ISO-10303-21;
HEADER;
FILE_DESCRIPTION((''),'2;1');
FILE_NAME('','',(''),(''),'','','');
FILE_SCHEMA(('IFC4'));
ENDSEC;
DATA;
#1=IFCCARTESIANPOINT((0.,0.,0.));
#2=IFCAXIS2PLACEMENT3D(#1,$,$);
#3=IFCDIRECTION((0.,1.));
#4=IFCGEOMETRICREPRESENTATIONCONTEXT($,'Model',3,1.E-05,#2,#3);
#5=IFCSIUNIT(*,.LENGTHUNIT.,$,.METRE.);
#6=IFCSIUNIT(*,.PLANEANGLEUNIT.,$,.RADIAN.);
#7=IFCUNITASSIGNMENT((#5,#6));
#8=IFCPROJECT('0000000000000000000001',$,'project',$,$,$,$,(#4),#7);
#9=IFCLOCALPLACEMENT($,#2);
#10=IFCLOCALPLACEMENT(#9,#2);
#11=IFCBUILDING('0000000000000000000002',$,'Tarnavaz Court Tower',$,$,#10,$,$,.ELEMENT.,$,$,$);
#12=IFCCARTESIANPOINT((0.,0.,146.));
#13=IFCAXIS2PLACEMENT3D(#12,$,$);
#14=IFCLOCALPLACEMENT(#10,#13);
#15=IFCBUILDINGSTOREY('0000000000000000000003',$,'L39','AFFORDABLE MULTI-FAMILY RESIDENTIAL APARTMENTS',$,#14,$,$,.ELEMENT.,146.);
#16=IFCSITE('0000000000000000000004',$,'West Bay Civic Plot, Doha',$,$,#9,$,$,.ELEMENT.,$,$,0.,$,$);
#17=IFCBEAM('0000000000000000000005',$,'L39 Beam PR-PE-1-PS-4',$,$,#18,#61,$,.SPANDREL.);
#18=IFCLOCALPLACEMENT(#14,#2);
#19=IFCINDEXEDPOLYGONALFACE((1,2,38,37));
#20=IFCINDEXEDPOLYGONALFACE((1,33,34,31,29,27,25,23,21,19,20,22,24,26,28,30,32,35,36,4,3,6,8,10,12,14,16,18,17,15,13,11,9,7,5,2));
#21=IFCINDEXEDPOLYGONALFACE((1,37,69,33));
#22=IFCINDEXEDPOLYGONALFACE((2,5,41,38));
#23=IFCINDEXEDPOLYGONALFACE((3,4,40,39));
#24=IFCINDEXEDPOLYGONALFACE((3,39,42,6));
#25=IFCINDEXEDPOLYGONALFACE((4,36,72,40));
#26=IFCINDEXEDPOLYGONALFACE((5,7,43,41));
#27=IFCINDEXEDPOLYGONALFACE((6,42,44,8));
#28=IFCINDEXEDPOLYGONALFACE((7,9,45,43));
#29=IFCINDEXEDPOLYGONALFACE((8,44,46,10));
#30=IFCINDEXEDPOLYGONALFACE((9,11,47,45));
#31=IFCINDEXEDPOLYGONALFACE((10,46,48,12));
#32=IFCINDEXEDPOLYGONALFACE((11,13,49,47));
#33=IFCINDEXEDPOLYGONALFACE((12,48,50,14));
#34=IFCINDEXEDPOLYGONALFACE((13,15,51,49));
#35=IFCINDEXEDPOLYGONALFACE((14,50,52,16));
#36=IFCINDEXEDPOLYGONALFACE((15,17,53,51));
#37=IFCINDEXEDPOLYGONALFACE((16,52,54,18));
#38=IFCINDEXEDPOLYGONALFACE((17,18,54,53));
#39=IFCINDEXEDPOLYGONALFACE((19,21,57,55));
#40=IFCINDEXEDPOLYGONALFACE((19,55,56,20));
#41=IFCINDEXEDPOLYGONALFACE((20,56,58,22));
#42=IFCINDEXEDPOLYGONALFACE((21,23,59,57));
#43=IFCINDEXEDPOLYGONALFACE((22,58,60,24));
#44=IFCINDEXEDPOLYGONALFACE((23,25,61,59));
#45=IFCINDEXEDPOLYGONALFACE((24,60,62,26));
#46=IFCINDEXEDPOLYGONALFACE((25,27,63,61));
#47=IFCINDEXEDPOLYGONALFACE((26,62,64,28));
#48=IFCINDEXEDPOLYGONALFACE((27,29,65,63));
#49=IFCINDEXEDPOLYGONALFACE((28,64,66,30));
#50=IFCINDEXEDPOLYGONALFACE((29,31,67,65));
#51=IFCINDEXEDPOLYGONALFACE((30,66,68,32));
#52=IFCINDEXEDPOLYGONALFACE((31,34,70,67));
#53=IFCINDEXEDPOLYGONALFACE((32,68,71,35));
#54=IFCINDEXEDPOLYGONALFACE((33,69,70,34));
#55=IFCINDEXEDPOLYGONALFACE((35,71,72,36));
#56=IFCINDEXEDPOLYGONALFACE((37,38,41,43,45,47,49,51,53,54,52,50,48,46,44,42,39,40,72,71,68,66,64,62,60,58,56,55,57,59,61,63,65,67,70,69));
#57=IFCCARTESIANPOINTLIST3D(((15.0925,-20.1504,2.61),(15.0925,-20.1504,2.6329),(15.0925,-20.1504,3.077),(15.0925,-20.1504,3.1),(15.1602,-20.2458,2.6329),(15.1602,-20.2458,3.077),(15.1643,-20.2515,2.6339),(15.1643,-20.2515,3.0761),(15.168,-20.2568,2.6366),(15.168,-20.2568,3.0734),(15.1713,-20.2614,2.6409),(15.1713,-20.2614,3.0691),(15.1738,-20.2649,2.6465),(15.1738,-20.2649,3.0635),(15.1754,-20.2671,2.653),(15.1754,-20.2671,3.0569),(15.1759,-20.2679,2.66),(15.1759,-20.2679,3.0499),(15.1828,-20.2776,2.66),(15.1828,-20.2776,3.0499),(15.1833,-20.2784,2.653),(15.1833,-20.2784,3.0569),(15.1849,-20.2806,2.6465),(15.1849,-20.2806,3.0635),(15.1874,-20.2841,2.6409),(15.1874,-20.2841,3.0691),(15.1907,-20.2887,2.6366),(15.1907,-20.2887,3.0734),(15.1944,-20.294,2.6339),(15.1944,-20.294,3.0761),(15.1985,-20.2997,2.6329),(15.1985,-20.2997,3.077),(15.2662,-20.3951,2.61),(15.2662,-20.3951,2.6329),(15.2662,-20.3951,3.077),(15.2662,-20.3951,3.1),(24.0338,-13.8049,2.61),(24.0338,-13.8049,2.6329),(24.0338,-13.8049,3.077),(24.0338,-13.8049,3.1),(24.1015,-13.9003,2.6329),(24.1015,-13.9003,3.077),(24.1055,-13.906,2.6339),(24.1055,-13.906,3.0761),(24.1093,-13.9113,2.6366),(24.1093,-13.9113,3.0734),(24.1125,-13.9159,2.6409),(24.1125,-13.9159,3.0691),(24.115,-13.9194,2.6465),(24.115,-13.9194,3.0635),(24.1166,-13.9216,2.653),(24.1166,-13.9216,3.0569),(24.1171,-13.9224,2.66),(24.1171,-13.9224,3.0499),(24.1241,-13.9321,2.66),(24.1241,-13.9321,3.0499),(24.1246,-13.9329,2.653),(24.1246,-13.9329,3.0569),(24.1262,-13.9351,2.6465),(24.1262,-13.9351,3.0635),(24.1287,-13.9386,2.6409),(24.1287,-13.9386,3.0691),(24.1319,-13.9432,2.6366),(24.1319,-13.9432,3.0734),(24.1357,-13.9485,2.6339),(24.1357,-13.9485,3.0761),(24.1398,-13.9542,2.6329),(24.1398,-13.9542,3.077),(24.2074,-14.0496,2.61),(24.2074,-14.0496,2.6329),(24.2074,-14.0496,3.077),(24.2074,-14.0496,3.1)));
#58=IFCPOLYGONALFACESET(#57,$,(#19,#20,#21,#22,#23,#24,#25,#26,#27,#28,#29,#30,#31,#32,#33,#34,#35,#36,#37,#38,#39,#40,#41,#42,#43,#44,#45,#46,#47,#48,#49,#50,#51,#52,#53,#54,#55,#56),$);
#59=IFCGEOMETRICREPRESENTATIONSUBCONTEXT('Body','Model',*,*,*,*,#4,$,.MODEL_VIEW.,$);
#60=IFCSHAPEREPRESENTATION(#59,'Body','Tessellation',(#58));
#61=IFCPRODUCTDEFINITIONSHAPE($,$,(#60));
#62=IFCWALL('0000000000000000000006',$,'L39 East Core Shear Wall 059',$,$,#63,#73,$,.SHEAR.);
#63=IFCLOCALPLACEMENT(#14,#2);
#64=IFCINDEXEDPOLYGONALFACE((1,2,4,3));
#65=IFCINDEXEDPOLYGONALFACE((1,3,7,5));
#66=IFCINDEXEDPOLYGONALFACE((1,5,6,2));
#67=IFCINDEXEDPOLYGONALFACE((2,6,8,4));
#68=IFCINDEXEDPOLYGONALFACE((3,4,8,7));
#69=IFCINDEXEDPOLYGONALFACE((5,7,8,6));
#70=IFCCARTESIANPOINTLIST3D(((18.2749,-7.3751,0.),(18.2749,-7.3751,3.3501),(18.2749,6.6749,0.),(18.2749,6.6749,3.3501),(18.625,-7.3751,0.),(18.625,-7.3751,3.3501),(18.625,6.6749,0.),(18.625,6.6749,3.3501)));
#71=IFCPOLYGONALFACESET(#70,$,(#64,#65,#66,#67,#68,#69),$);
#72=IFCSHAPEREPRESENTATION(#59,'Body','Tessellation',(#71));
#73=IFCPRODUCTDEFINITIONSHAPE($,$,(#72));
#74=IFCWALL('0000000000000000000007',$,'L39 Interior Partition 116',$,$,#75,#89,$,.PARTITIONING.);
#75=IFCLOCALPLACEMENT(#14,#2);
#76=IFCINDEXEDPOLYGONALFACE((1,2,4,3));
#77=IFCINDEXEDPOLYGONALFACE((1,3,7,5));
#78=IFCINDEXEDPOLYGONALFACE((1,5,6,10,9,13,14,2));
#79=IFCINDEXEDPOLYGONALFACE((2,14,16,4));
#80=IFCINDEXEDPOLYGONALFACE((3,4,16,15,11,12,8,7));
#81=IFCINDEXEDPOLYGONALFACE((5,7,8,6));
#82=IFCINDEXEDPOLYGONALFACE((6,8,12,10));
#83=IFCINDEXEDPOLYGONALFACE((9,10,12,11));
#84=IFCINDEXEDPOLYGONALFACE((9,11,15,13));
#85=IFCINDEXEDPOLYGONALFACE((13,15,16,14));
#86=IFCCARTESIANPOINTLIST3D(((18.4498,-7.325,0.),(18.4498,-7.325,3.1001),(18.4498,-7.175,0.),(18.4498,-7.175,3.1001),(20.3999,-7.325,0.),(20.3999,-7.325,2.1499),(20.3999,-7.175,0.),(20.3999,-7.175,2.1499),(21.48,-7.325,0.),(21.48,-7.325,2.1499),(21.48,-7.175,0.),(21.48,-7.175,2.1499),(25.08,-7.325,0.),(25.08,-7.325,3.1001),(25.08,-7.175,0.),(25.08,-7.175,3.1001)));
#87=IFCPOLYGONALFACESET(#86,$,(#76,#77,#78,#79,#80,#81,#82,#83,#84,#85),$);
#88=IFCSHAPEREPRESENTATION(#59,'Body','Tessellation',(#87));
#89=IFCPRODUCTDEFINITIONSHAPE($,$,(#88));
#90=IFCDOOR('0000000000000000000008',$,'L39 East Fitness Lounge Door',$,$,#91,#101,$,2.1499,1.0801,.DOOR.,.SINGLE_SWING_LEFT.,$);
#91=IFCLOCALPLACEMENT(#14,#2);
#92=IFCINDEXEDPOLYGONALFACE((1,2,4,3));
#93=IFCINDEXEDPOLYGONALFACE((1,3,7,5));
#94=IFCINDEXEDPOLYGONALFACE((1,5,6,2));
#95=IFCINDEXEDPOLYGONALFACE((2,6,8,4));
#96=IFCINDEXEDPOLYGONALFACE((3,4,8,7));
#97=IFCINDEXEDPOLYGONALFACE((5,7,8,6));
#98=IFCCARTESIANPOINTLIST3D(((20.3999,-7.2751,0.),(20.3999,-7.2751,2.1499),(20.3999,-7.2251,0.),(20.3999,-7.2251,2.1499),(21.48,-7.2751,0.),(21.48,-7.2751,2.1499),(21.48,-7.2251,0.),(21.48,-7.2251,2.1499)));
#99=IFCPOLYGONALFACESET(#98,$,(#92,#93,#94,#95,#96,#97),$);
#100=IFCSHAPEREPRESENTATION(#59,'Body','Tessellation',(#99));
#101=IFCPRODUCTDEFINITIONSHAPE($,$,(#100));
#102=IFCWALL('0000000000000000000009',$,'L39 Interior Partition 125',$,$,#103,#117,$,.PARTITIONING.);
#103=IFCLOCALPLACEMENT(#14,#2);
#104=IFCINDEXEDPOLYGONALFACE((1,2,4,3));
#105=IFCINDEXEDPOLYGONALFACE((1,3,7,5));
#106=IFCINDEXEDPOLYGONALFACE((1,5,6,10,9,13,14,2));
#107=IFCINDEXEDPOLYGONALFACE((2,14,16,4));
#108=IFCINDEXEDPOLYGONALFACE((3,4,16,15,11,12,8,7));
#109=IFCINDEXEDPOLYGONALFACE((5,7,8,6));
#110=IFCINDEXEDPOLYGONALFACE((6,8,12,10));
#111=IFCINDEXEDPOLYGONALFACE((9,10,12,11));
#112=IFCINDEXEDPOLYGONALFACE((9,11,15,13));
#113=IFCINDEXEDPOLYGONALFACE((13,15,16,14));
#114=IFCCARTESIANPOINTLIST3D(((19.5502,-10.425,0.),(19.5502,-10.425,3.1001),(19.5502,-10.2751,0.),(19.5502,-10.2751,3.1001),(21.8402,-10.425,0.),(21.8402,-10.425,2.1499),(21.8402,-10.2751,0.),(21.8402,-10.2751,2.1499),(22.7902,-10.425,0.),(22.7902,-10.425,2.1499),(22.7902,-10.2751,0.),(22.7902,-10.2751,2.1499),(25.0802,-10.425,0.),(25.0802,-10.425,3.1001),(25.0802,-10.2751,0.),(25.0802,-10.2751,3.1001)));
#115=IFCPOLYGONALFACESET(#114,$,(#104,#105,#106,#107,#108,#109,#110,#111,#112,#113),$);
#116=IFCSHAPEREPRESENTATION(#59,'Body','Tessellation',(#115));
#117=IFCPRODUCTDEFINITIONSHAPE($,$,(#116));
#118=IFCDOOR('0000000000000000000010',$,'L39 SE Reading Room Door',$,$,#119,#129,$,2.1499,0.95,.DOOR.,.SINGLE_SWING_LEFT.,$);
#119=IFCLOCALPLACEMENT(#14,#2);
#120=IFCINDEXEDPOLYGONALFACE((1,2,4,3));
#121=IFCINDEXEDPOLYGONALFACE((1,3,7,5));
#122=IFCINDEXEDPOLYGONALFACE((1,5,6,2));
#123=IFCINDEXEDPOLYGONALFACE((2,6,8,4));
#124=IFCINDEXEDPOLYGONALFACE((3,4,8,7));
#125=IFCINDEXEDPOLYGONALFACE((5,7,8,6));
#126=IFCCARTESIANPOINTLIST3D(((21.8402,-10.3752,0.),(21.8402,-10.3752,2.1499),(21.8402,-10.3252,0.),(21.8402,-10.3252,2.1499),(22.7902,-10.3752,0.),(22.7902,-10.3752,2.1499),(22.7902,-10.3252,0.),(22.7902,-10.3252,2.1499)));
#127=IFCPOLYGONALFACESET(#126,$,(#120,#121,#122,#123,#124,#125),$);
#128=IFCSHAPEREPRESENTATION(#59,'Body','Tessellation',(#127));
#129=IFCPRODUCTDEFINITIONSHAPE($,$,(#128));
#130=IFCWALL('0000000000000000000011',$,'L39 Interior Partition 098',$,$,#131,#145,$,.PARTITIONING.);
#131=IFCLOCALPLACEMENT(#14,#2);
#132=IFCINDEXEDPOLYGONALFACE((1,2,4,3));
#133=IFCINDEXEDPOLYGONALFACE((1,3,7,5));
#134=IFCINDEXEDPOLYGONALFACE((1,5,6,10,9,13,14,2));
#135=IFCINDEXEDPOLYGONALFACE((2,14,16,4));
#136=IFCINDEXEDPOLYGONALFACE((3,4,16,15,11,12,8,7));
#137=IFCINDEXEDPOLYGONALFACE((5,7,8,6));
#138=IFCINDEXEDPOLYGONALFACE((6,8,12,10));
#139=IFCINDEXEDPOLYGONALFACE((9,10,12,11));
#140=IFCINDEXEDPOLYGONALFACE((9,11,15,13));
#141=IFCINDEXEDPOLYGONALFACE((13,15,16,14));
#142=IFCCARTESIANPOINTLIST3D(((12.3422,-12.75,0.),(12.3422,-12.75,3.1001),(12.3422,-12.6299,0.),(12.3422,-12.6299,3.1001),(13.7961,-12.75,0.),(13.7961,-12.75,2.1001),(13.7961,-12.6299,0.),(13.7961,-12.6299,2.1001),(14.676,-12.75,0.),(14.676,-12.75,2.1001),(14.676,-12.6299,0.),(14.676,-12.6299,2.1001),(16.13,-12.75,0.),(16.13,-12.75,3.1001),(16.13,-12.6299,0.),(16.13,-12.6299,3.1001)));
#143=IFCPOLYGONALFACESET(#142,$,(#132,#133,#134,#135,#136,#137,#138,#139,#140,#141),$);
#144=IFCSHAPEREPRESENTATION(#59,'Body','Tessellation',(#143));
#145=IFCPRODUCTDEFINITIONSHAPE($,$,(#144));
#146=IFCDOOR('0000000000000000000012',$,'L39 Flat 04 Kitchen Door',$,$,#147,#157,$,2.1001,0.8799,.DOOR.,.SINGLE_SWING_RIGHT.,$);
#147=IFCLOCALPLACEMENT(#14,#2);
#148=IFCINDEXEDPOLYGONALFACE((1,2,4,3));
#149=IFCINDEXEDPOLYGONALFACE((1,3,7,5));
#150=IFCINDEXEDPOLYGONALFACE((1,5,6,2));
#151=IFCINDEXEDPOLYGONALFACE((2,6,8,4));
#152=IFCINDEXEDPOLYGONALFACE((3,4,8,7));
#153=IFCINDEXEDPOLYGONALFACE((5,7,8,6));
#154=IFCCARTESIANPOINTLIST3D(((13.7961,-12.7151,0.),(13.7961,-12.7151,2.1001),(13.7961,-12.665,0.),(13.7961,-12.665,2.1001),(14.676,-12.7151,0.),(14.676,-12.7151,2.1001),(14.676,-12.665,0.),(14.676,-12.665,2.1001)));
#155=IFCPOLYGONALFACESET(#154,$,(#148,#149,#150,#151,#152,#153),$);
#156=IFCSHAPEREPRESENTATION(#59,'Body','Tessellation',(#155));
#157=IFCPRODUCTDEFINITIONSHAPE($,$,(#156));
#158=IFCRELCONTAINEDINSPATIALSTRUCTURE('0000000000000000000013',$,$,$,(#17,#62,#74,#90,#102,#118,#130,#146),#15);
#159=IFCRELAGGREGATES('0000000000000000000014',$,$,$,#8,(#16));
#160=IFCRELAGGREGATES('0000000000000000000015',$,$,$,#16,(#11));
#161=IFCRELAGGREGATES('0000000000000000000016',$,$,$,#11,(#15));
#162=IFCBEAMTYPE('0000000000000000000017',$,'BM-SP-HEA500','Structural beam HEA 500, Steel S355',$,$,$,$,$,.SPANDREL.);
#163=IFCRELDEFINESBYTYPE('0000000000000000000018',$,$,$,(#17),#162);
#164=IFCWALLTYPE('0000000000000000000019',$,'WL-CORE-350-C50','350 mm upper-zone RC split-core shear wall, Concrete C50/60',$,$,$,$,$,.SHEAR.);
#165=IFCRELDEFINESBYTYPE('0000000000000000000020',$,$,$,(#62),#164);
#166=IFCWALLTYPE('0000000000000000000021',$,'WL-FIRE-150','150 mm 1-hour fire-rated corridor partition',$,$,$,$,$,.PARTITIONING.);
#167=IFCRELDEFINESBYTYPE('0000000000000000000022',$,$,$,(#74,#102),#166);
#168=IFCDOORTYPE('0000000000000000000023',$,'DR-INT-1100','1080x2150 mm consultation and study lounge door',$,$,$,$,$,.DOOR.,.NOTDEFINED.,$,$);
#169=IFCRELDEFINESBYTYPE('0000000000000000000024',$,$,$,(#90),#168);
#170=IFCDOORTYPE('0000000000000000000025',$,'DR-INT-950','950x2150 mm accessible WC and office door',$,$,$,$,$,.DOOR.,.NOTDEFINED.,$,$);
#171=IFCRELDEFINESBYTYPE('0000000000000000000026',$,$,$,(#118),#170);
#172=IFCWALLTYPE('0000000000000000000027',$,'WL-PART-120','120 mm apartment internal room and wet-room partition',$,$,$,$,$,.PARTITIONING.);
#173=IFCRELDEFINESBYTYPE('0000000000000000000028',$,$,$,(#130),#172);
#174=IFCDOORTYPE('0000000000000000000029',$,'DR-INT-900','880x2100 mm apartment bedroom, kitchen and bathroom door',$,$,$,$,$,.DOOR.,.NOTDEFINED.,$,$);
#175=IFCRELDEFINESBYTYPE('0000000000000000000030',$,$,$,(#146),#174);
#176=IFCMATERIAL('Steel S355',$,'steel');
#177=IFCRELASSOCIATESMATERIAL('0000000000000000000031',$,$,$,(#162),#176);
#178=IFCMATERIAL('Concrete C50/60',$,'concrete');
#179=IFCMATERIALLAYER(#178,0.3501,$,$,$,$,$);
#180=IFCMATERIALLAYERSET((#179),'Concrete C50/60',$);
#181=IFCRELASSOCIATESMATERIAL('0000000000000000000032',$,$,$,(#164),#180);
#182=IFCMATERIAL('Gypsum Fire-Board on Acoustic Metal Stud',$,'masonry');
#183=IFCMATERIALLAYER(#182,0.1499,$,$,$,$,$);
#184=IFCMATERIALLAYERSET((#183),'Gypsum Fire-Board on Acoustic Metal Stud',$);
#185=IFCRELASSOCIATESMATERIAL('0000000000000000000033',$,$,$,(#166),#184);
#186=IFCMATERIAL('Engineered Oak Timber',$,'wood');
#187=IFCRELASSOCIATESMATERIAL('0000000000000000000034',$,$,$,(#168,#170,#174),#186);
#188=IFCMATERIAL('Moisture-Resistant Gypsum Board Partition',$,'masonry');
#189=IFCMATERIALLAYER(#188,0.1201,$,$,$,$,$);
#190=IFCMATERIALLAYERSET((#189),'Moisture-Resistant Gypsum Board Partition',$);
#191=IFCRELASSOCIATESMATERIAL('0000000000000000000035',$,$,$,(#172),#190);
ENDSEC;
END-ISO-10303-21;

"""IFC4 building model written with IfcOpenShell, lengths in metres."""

from ifc_helpers import new_model, si_unit, direction, frame, frame_2d, origin, origin_2d, place, context, subcontext, project, spatial, rectangle, i_section, extrude, material, layer, layer_set, material_profile, profile_set, type_object, element, fill, save


model = new_model("IFC4")

# Units and contexts
model_context = context("Model", 3, precision=1e-05, world=origin(), true_north=direction((0.0, 1.0)))
body_context = subcontext(model_context, "Body", "Model", "MODEL_VIEW")
ifc_project = project(units=[si_unit("LENGTHUNIT", "METRE"), si_unit("PLANEANGLEUNIT", "RADIAN")], contexts=[model_context])

# Site, building, storey
site_placement = place(None, origin())
site = spatial("IfcSite", under=ifc_project, at=site_placement, Name="West Bay Civic Plot, Doha", CompositionType="ELEMENT", RefElevation=0.0)
building_placement = place(site_placement, origin())
building = spatial("IfcBuilding", under=site, at=building_placement, Name="Tarnavaz Court Tower", CompositionType="ELEMENT")
storey_placement = place(building_placement, frame((0.0, 0.0, 146.0)))
storey = spatial("IfcBuildingStorey", under=building, at=storey_placement, Name="L39", Description="AFFORDABLE MULTI-FAMILY RESIDENTIAL APARTMENTS", CompositionType="ELEMENT", Elevation=146.0)

# Shared definitions
ifc_material_1 = material(Name="Concrete C50/60", Category="concrete")

# Beam
ifc_material_2 = material(Name="Steel S355", Category="steel")
ifc_material_profile_1 = material_profile(ifc_material_2, i_section(OverallWidth=0.3, OverallDepth=0.49, WebThickness=0.012, FlangeThickness=0.0229, FilletRadius=0.0271, at=origin_2d()), Name="HEA 500")
ifc_profile_set_1 = profile_set([ifc_material_profile_1], Name="Steel S355")
beam_type_1 = type_object("IfcBeamType", Name="BM-SP-HEA500", Description="Structural beam HEA 500, Steel S355", PredefinedType="SPANDREL", material=ifc_profile_set_1)
beam_1_placement = place(storey_placement, frame((24.1206, -13.9272, 2.855), z_axis=(-0.815502, -0.578754, 0.0), x_axis=(0.578754, -0.815502, 0.0)))
element("IfcBeam", 1, at=beam_1_placement, inside=storey, type_object=beam_type_1, Name="L39 Beam PR-PE-1-PS-4", PredefinedType="SPANDREL", context=body_context, shape_type="SweptSolid", body=[
    extrude(i_section(OverallWidth=0.3, OverallDepth=0.49, WebThickness=0.012, FlangeThickness=0.0229, FilletRadius=0.0271, at=origin_2d()), origin(), (0.0, 0.0, 1.0), 10.9641),
])

# Wall
ifc_layer_1 = layer(ifc_material_1, 0.3501)
ifc_layer_set_1 = layer_set([ifc_layer_1], Name="Concrete C50/60")
wall_type_1 = type_object("IfcWallType", Name="WL-CORE-350-C50", Description="350 mm upper-zone RC split-core shear wall, Concrete C50/60", PredefinedType="SHEAR", material=ifc_layer_set_1)
wall_1_placement = place(storey_placement, frame((18.45, -7.375, 0.0), z_axis=(0.0, 0.0, 1.0), x_axis=(0.0, 1.0, 0.0)))
element("IfcWall", 2, at=wall_1_placement, inside=storey, type_object=wall_type_1, Name="L39 East Core Shear Wall 059", PredefinedType="SHEAR", context=body_context, shape_type="SweptSolid", body=[
    extrude(rectangle(XDim=14.05, YDim=0.3501, at=frame_2d((7.0249, 0.0))), origin(), (0.0, 0.0, 1.0), 3.3501),
])

# Walls, openings, doors
ifc_material_3 = material(Name="Gypsum Fire-Board on Acoustic Metal Stud", Category="masonry")
ifc_layer_2 = layer(ifc_material_3, 0.1499)
ifc_layer_set_2 = layer_set([ifc_layer_2], Name="Gypsum Fire-Board on Acoustic Metal Stud")
wall_type_2 = type_object("IfcWallType", Name="WL-FIRE-150", Description="150 mm 1-hour fire-rated corridor partition", PredefinedType="PARTITIONING", material=ifc_layer_set_2)
wall_2_placement = place(storey_placement, frame((18.45, -7.25, 0.0), z_axis=(0.0, 0.0, 1.0), x_axis=(1.0, 0.0, 0.0)))
wall_2 = element("IfcWall", 3, at=wall_2_placement, inside=storey, type_object=wall_type_2, Name="L39 Interior Partition 116", PredefinedType="PARTITIONING", context=body_context, shape_type="SweptSolid", body=[
    extrude(rectangle(XDim=6.6301, YDim=0.1499, at=frame_2d((3.3149, 0.0))), origin(), (0.0, 0.0, 1.0), 3.1001),
])
opening_1_placement = place(wall_2_placement, frame((1.95, 0.0, 0.0)))
opening_1 = element("IfcOpeningElement", 4, at=opening_1_placement, cuts=wall_2, PredefinedType="OPENING", context=body_context, shape_type="SweptSolid", body=[
    extrude(rectangle(XDim=1.0801, YDim=2.1499, at=frame_2d((0.54, 1.075))), frame((0.0, 0.085, 0.0), z_axis=(0.0, -1.0, 0.0), x_axis=(1.0, 0.0, 0.0)), (0.0, 0.0, 1.0), 0.1699),
])
ifc_material_4 = material(Name="Engineered Oak Timber", Category="wood")
door_type_1 = type_object("IfcDoorType", Name="DR-INT-1100", Description="1080x2150 mm consultation and study lounge door", OperationType="NOTDEFINED", PredefinedType="DOOR", material=ifc_material_4)
door_1_placement = place(opening_1_placement, origin())
door_1 = element("IfcDoor", 5, at=door_1_placement, inside=storey, type_object=door_type_1, Name="L39 East Fitness Lounge Door", OperationType="SINGLE_SWING_LEFT", OverallHeight=2.1499, OverallWidth=1.0801, PredefinedType="DOOR", context=body_context, shape_type="SweptSolid", body=[
    extrude(rectangle(XDim=1.0801, YDim=2.1499, at=frame_2d((0.54, 1.075))), frame((0.0, 0.0249, 0.0), z_axis=(0.0, -1.0, 0.0), x_axis=(1.0, 0.0, 0.0)), (0.0, 0.0, 1.0), 0.05),
])
fill(opening_1, door_1)
wall_3_placement = place(storey_placement, frame((19.55, -10.3501, 0.0), z_axis=(0.0, 0.0, 1.0), x_axis=(1.0, 0.0, 0.0)))
wall_3 = element("IfcWall", 6, at=wall_3_placement, inside=storey, type_object=wall_type_2, Name="L39 Interior Partition 125", PredefinedType="PARTITIONING", context=body_context, shape_type="SweptSolid", body=[
    extrude(rectangle(XDim=5.53, YDim=0.1499, at=frame_2d((2.7651, 0.0))), origin(), (0.0, 0.0, 1.0), 3.1001),
])
opening_2_placement = place(wall_3_placement, frame((2.29, 0.0, 0.0)))
opening_2 = element("IfcOpeningElement", 7, at=opening_2_placement, cuts=wall_3, PredefinedType="OPENING", context=body_context, shape_type="SweptSolid", body=[
    extrude(rectangle(XDim=0.95, YDim=2.1499, at=frame_2d((0.4751, 1.075))), frame((0.0, 0.085, 0.0), z_axis=(0.0, -1.0, 0.0), x_axis=(1.0, 0.0, 0.0)), (0.0, 0.0, 1.0), 0.1699),
])
door_type_2 = type_object("IfcDoorType", Name="DR-INT-950", Description="950x2150 mm accessible WC and office door", OperationType="NOTDEFINED", PredefinedType="DOOR", material=ifc_material_4)
door_2_placement = place(opening_2_placement, origin())
door_2 = element("IfcDoor", 8, at=door_2_placement, inside=storey, type_object=door_type_2, Name="L39 SE Reading Room Door", OperationType="SINGLE_SWING_LEFT", OverallHeight=2.1499, OverallWidth=0.95, PredefinedType="DOOR", context=body_context, shape_type="SweptSolid", body=[
    extrude(rectangle(XDim=0.95, YDim=2.1499, at=frame_2d((0.4751, 1.075))), frame((0.0, 0.0249, 0.0), z_axis=(0.0, -1.0, 0.0), x_axis=(1.0, 0.0, 0.0)), (0.0, 0.0, 1.0), 0.05),
])
fill(opening_2, door_2)
ifc_material_5 = material(Name="Moisture-Resistant Gypsum Board Partition", Category="masonry")
ifc_layer_3 = layer(ifc_material_5, 0.1201)
ifc_layer_set_3 = layer_set([ifc_layer_3], Name="Moisture-Resistant Gypsum Board Partition")
wall_type_3 = type_object("IfcWallType", Name="WL-PART-120", Description="120 mm apartment internal room and wet-room partition", PredefinedType="PARTITIONING", material=ifc_layer_set_3)
wall_4_placement = place(storey_placement, frame((12.342, -12.6899, 0.0), z_axis=(0.0, 0.0, 1.0), x_axis=(1.0, 0.0, 0.0)))
wall_4 = element("IfcWall", 9, at=wall_4_placement, inside=storey, type_object=wall_type_3, Name="L39 Interior Partition 098", PredefinedType="PARTITIONING", context=body_context, shape_type="SweptSolid", body=[
    extrude(rectangle(XDim=3.7878, YDim=0.1201, at=frame_2d((1.894, 0.0))), origin(), (0.0, 0.0, 1.0), 3.1001),
])
opening_3_placement = place(wall_4_placement, frame((1.4541, 0.0, 0.0)))
opening_3 = element("IfcOpeningElement", 10, at=opening_3_placement, cuts=wall_4, PredefinedType="OPENING", context=body_context, shape_type="SweptSolid", body=[
    extrude(rectangle(XDim=0.8799, YDim=2.1001, at=frame_2d((0.4399, 1.05))), frame((0.0, 0.0701, 0.0), z_axis=(0.0, -1.0, 0.0), x_axis=(1.0, 0.0, 0.0)), (0.0, 0.0, 1.0), 0.1401),
])
door_type_3 = type_object("IfcDoorType", Name="DR-INT-900", Description="880x2100 mm apartment bedroom, kitchen and bathroom door", OperationType="NOTDEFINED", PredefinedType="DOOR", material=ifc_material_4)
door_3_placement = place(opening_3_placement, origin())
door_3 = element("IfcDoor", 11, at=door_3_placement, inside=storey, type_object=door_type_3, Name="L39 Flat 04 Kitchen Door", OperationType="SINGLE_SWING_RIGHT", OverallHeight=2.1001, OverallWidth=0.8799, PredefinedType="DOOR", context=body_context, shape_type="SweptSolid", body=[
    extrude(rectangle(XDim=0.8799, YDim=2.1001, at=frame_2d((0.4399, 1.05))), frame((0.0, 0.0249, 0.0), z_axis=(0.0, -1.0, 0.0), x_axis=(1.0, 0.0, 0.0)), (0.0, 0.0, 1.0), 0.05),
])
fill(opening_3, door_3)

save(model, "model.ifc")
